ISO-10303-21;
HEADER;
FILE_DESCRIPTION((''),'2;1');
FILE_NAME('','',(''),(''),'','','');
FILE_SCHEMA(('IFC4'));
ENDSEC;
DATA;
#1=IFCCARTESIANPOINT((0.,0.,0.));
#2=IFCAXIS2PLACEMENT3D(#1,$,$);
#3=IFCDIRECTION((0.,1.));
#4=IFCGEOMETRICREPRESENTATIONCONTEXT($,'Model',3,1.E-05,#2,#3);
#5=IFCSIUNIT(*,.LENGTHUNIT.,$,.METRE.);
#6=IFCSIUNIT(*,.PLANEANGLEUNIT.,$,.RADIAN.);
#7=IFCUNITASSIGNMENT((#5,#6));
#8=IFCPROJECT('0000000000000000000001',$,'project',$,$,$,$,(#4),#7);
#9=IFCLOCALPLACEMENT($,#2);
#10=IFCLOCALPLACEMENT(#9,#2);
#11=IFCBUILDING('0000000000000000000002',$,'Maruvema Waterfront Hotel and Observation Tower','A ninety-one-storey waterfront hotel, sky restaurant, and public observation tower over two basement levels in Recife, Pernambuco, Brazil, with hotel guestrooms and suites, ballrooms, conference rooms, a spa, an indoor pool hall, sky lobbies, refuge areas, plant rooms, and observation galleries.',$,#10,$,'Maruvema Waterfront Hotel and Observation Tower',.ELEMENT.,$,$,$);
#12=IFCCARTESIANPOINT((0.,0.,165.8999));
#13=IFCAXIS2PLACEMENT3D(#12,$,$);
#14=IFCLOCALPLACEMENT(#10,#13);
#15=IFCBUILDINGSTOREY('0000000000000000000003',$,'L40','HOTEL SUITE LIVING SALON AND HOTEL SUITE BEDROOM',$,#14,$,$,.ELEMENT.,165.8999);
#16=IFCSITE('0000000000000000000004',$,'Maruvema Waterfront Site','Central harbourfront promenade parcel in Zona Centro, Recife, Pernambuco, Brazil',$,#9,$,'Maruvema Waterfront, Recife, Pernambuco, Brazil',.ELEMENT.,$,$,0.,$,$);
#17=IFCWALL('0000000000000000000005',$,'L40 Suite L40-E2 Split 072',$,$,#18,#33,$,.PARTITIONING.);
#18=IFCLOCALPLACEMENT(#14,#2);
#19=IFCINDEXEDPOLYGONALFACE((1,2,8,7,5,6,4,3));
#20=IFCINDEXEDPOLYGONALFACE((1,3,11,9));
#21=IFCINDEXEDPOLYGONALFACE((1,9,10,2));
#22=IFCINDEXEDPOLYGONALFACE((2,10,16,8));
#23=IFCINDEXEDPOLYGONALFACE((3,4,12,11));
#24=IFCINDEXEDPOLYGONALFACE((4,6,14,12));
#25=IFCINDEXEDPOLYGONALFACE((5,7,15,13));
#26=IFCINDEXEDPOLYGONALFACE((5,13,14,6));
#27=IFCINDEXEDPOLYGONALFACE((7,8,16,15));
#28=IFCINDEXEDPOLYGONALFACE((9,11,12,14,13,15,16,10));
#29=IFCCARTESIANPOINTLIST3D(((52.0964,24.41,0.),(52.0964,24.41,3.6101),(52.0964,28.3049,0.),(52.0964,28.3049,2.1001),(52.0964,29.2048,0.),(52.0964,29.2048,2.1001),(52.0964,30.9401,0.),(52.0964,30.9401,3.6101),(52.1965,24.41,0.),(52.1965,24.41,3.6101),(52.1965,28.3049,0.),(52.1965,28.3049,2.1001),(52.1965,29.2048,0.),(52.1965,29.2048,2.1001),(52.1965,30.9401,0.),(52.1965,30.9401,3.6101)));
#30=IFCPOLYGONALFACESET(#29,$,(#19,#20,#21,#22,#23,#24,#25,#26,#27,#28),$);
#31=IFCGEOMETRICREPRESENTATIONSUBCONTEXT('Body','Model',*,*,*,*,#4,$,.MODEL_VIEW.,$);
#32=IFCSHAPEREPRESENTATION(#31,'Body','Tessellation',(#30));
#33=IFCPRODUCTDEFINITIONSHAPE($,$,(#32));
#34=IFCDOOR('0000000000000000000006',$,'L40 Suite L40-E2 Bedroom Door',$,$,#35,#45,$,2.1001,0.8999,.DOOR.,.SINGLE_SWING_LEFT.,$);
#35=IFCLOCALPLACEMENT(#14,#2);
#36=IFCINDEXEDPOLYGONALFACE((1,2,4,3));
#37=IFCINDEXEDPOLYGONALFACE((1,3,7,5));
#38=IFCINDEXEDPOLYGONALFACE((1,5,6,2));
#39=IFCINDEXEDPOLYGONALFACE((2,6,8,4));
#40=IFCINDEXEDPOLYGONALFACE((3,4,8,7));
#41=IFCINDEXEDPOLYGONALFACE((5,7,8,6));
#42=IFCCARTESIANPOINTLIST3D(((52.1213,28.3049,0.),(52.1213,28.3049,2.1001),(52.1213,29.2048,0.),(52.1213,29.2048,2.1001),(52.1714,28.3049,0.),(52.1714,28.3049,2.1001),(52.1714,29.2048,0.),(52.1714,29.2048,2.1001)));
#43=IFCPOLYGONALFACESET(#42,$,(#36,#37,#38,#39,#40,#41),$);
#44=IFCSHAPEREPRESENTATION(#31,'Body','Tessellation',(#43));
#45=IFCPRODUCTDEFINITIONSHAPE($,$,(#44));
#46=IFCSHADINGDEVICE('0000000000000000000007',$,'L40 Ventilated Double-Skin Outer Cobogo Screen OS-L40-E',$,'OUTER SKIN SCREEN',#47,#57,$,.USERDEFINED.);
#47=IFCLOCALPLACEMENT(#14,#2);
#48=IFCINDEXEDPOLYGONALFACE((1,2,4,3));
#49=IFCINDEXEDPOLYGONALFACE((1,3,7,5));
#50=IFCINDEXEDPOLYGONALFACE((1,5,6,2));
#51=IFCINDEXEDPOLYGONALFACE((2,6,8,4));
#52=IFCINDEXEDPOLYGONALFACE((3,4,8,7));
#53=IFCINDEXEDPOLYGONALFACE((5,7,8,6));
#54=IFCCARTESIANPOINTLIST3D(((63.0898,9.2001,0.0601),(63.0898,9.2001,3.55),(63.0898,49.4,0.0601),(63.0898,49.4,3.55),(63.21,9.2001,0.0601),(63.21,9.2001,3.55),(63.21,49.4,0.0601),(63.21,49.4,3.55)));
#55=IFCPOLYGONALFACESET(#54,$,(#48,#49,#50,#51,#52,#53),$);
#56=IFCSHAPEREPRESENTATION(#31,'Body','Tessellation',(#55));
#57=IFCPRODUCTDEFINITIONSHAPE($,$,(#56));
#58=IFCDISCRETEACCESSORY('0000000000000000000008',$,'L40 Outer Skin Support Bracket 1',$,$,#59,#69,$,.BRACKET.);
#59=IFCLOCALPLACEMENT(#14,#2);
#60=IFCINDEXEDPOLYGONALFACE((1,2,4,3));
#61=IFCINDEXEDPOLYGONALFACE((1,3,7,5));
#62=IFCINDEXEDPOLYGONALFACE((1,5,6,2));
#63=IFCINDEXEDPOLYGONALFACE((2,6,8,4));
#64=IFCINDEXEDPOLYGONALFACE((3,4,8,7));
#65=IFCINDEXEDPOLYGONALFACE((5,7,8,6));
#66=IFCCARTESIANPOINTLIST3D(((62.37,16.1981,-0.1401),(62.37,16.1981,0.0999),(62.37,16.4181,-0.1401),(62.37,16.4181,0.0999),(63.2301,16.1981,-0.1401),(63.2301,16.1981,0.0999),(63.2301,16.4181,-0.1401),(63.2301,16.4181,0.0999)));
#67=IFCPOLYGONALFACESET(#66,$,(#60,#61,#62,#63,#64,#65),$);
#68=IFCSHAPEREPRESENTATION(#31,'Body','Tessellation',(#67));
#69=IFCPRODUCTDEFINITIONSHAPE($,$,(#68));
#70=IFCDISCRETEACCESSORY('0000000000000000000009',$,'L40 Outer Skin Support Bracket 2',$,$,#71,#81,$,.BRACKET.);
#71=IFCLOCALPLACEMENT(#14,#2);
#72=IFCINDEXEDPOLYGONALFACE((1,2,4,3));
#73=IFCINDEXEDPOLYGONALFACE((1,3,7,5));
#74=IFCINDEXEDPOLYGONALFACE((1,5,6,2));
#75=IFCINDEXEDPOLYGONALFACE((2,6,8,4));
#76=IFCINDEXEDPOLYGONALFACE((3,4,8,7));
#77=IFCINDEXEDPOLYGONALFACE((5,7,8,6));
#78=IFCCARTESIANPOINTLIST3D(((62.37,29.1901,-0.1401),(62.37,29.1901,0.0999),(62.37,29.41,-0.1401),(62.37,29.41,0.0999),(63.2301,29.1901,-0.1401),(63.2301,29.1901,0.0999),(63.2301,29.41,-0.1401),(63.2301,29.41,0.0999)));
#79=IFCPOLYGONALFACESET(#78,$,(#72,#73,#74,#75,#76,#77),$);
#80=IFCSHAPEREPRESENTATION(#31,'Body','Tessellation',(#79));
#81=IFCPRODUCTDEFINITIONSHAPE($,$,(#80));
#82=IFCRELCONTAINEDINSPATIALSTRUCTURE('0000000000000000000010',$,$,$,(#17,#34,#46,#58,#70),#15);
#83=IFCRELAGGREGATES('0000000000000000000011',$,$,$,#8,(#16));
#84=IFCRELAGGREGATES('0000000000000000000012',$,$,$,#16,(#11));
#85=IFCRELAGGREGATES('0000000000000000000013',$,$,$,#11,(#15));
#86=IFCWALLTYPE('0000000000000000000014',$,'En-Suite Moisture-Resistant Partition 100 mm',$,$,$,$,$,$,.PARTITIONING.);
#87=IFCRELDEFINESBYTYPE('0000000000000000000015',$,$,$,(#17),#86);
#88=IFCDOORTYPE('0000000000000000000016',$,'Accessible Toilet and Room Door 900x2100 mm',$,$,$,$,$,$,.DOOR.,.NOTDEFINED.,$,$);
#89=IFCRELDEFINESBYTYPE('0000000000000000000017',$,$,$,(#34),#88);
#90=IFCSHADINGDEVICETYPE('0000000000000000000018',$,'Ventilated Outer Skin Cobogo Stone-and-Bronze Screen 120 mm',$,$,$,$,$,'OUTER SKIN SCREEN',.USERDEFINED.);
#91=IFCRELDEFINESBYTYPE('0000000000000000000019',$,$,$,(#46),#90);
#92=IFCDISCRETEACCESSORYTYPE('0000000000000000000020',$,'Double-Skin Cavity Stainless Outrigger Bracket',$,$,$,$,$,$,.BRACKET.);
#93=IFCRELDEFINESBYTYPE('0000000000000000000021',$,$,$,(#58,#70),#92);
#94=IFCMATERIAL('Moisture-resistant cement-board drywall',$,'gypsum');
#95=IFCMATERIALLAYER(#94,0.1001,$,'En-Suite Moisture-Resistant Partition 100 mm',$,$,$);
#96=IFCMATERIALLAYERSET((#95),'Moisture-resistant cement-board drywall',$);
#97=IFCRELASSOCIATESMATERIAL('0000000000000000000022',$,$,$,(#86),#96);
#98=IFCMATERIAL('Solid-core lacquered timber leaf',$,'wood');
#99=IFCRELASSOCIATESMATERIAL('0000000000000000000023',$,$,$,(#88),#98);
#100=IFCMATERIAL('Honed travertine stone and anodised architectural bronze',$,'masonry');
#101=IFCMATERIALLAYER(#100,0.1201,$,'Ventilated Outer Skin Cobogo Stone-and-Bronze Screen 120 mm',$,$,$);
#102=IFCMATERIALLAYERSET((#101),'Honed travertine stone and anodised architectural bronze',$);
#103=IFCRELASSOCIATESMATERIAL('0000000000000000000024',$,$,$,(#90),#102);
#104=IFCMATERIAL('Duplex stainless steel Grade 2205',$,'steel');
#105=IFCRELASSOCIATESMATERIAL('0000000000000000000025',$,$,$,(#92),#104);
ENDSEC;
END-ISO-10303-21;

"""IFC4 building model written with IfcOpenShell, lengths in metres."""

from ifc_helpers import new_model, si_unit, direction, frame, frame_2d, origin, origin_2d, place, context, subcontext, project, spatial, rectangle, extrude, material, layer, layer_set, type_object, element, fill, save


model = new_model("IFC4")

# Units and contexts
model_context = context("Model", 3, precision=1e-05, world=origin(), true_north=direction((0.0, 1.0)))
body_context = subcontext(model_context, "Body", "Model", "MODEL_VIEW")
ifc_project = project(units=[si_unit("LENGTHUNIT", "METRE"), si_unit("PLANEANGLEUNIT", "RADIAN")], contexts=[model_context])

# Site, building, storey
site_placement = place(None, origin())
site = spatial("IfcSite", under=ifc_project, at=site_placement, Name="Maruvema Waterfront Site", Description="Central harbourfront promenade parcel in Zona Centro, Recife, Pernambuco, Brazil", LongName="Maruvema Waterfront, Recife, Pernambuco, Brazil", CompositionType="ELEMENT", RefElevation=0.0)
building_placement = place(site_placement, origin())
building = spatial("IfcBuilding", under=site, at=building_placement, Name="Maruvema Waterfront Hotel and Observation Tower", Description="A ninety-one-storey waterfront hotel, sky restaurant, and public observation tower over two basement levels in Recife, Pernambuco, Brazil, with hotel guestrooms and suites, ballrooms, conference rooms, a spa, an indoor pool hall, sky lobbies, refuge areas, plant rooms, and observation galleries.", LongName="Maruvema Waterfront Hotel and Observation Tower", CompositionType="ELEMENT")
storey_placement = place(building_placement, frame((0.0, 0.0, 165.8999)))
storey = spatial("IfcBuildingStorey", under=building, at=storey_placement, Name="L40", Description="HOTEL SUITE LIVING SALON AND HOTEL SUITE BEDROOM", CompositionType="ELEMENT", Elevation=165.8999)

# Wall, opening, door
ifc_material_1 = material(Name="Moisture-resistant cement-board drywall", Category="gypsum")
ifc_layer_1 = layer(ifc_material_1, 0.1001, Name="En-Suite Moisture-Resistant Partition 100 mm")
ifc_layer_set_1 = layer_set([ifc_layer_1], Name="Moisture-resistant cement-board drywall")
wall_type = type_object("IfcWallType", Name="En-Suite Moisture-Resistant Partition 100 mm", PredefinedType="PARTITIONING", material=ifc_layer_set_1)
ifc_material_2 = material(Name="Solid-core lacquered timber leaf", Category="wood")
door_type = type_object("IfcDoorType", Name="Accessible Toilet and Room Door 900x2100 mm", OperationType="NOTDEFINED", PredefinedType="DOOR", material=ifc_material_2)
wall_1_placement = place(storey_placement, frame((52.1465, 24.4099, 0.0), z_axis=(0.0, 0.0, 1.0), x_axis=(0.0, 1.0, 0.0)))
wall_1 = element("IfcWall", 1, at=wall_1_placement, inside=storey, type_object=wall_type, Name="L40 Suite L40-E2 Split 072", PredefinedType="PARTITIONING", context=body_context, shape_type="SweptSolid", body=[
    extrude(rectangle(XDim=6.53, YDim=0.1001, at=frame_2d((3.2651, 0.0))), origin(), (0.0, 0.0, 1.0), 3.6101),
])
opening_1_placement = place(wall_1_placement, frame((3.895, 0.0, 0.0)))
opening_1 = element("IfcOpeningElement", 2, at=opening_1_placement, cuts=wall_1, PredefinedType="OPENING", context=body_context, shape_type="SweptSolid", body=[
    extrude(rectangle(XDim=0.8999, YDim=2.1001, at=frame_2d((0.45, 1.05))), frame((0.0, 0.0601, 0.0), z_axis=(0.0, -1.0, 0.0), x_axis=(1.0, 0.0, 0.0)), (0.0, 0.0, 1.0), 0.1201),
])
door_1_placement = place(opening_1_placement, frame((0.8999, 0.0, 0.0), z_axis=(0.0, 0.0, 1.0), x_axis=(-1.0, 0.0, 0.0)))
door_1 = element("IfcDoor", 3, at=door_1_placement, inside=storey, type_object=door_type, Name="L40 Suite L40-E2 Bedroom Door", OperationType="SINGLE_SWING_LEFT", OverallHeight=2.1001, OverallWidth=0.8999, PredefinedType="DOOR", context=body_context, shape_type="SweptSolid", body=[
    extrude(rectangle(XDim=0.8999, YDim=2.1001, at=frame_2d((0.45, 1.05))), frame((0.0, 0.0249, 0.0), z_axis=(0.0, -1.0, 0.0), x_axis=(1.0, 0.0, 0.0)), (0.0, 0.0, 1.0), 0.05),
])
fill(opening_1, door_1)

# Shading device
ifc_material_3 = material(Name="Honed travertine stone and anodised architectural bronze", Category="masonry")
ifc_layer_2 = layer(ifc_material_3, 0.1201, Name="Ventilated Outer Skin Cobogo Stone-and-Bronze Screen 120 mm")
ifc_layer_set_2 = layer_set([ifc_layer_2], Name="Honed travertine stone and anodised architectural bronze")
shading_device_type = type_object("IfcShadingDeviceType", Name="Ventilated Outer Skin Cobogo Stone-and-Bronze Screen 120 mm", ElementType="OUTER SKIN SCREEN", PredefinedType="USERDEFINED", material=ifc_layer_set_2)
shading_device_placement = place(storey_placement, frame((63.1499, 29.3, 0.0601), z_axis=(0.0, 0.0, 1.0), x_axis=(0.0, 1.0, 0.0)))
element("IfcShadingDevice", 4, at=shading_device_placement, inside=storey, type_object=shading_device_type, Name="L40 Ventilated Double-Skin Outer Cobogo Screen OS-L40-E", ObjectType="OUTER SKIN SCREEN", PredefinedType="USERDEFINED", context=body_context, shape_type="SweptSolid", body=[
    extrude(rectangle(XDim=40.2, YDim=0.1201, at=origin_2d()), origin(), (0.0, 0.0, 1.0), 3.49),
])

# Discrete accessories
ifc_material_4 = material(Name="Duplex stainless steel Grade 2205", Category="steel")
discrete_accessory_type = type_object("IfcDiscreteAccessoryType", Name="Double-Skin Cavity Stainless Outrigger Bracket", PredefinedType="BRACKET", material=ifc_material_4)
for number, where, z_axis, x_axis, name in (
    (5, (62.8, 16.3081, -0.1401), (0.0, 0.0, 1.0), (0.0, 1.0, 0.0), "L40 Outer Skin Support Bracket 1"),
    (6, (62.8, 29.3, -0.1401), (0.0, 0.0, 1.0), (0.0, 1.0, 0.0), "L40 Outer Skin Support Bracket 2"),
):
    element("IfcDiscreteAccessory", number, at=place(storey_placement, frame(where, z_axis=z_axis, x_axis=x_axis)), inside=storey, type_object=discrete_accessory_type, Name=name, PredefinedType="BRACKET", context=body_context, shape_type="SweptSolid", body=[
        extrude(rectangle(XDim=0.22, YDim=0.8601, at=origin_2d()), origin(), (0.0, 0.0, 1.0), 0.24),
    ])

save(model, "model.ifc")
